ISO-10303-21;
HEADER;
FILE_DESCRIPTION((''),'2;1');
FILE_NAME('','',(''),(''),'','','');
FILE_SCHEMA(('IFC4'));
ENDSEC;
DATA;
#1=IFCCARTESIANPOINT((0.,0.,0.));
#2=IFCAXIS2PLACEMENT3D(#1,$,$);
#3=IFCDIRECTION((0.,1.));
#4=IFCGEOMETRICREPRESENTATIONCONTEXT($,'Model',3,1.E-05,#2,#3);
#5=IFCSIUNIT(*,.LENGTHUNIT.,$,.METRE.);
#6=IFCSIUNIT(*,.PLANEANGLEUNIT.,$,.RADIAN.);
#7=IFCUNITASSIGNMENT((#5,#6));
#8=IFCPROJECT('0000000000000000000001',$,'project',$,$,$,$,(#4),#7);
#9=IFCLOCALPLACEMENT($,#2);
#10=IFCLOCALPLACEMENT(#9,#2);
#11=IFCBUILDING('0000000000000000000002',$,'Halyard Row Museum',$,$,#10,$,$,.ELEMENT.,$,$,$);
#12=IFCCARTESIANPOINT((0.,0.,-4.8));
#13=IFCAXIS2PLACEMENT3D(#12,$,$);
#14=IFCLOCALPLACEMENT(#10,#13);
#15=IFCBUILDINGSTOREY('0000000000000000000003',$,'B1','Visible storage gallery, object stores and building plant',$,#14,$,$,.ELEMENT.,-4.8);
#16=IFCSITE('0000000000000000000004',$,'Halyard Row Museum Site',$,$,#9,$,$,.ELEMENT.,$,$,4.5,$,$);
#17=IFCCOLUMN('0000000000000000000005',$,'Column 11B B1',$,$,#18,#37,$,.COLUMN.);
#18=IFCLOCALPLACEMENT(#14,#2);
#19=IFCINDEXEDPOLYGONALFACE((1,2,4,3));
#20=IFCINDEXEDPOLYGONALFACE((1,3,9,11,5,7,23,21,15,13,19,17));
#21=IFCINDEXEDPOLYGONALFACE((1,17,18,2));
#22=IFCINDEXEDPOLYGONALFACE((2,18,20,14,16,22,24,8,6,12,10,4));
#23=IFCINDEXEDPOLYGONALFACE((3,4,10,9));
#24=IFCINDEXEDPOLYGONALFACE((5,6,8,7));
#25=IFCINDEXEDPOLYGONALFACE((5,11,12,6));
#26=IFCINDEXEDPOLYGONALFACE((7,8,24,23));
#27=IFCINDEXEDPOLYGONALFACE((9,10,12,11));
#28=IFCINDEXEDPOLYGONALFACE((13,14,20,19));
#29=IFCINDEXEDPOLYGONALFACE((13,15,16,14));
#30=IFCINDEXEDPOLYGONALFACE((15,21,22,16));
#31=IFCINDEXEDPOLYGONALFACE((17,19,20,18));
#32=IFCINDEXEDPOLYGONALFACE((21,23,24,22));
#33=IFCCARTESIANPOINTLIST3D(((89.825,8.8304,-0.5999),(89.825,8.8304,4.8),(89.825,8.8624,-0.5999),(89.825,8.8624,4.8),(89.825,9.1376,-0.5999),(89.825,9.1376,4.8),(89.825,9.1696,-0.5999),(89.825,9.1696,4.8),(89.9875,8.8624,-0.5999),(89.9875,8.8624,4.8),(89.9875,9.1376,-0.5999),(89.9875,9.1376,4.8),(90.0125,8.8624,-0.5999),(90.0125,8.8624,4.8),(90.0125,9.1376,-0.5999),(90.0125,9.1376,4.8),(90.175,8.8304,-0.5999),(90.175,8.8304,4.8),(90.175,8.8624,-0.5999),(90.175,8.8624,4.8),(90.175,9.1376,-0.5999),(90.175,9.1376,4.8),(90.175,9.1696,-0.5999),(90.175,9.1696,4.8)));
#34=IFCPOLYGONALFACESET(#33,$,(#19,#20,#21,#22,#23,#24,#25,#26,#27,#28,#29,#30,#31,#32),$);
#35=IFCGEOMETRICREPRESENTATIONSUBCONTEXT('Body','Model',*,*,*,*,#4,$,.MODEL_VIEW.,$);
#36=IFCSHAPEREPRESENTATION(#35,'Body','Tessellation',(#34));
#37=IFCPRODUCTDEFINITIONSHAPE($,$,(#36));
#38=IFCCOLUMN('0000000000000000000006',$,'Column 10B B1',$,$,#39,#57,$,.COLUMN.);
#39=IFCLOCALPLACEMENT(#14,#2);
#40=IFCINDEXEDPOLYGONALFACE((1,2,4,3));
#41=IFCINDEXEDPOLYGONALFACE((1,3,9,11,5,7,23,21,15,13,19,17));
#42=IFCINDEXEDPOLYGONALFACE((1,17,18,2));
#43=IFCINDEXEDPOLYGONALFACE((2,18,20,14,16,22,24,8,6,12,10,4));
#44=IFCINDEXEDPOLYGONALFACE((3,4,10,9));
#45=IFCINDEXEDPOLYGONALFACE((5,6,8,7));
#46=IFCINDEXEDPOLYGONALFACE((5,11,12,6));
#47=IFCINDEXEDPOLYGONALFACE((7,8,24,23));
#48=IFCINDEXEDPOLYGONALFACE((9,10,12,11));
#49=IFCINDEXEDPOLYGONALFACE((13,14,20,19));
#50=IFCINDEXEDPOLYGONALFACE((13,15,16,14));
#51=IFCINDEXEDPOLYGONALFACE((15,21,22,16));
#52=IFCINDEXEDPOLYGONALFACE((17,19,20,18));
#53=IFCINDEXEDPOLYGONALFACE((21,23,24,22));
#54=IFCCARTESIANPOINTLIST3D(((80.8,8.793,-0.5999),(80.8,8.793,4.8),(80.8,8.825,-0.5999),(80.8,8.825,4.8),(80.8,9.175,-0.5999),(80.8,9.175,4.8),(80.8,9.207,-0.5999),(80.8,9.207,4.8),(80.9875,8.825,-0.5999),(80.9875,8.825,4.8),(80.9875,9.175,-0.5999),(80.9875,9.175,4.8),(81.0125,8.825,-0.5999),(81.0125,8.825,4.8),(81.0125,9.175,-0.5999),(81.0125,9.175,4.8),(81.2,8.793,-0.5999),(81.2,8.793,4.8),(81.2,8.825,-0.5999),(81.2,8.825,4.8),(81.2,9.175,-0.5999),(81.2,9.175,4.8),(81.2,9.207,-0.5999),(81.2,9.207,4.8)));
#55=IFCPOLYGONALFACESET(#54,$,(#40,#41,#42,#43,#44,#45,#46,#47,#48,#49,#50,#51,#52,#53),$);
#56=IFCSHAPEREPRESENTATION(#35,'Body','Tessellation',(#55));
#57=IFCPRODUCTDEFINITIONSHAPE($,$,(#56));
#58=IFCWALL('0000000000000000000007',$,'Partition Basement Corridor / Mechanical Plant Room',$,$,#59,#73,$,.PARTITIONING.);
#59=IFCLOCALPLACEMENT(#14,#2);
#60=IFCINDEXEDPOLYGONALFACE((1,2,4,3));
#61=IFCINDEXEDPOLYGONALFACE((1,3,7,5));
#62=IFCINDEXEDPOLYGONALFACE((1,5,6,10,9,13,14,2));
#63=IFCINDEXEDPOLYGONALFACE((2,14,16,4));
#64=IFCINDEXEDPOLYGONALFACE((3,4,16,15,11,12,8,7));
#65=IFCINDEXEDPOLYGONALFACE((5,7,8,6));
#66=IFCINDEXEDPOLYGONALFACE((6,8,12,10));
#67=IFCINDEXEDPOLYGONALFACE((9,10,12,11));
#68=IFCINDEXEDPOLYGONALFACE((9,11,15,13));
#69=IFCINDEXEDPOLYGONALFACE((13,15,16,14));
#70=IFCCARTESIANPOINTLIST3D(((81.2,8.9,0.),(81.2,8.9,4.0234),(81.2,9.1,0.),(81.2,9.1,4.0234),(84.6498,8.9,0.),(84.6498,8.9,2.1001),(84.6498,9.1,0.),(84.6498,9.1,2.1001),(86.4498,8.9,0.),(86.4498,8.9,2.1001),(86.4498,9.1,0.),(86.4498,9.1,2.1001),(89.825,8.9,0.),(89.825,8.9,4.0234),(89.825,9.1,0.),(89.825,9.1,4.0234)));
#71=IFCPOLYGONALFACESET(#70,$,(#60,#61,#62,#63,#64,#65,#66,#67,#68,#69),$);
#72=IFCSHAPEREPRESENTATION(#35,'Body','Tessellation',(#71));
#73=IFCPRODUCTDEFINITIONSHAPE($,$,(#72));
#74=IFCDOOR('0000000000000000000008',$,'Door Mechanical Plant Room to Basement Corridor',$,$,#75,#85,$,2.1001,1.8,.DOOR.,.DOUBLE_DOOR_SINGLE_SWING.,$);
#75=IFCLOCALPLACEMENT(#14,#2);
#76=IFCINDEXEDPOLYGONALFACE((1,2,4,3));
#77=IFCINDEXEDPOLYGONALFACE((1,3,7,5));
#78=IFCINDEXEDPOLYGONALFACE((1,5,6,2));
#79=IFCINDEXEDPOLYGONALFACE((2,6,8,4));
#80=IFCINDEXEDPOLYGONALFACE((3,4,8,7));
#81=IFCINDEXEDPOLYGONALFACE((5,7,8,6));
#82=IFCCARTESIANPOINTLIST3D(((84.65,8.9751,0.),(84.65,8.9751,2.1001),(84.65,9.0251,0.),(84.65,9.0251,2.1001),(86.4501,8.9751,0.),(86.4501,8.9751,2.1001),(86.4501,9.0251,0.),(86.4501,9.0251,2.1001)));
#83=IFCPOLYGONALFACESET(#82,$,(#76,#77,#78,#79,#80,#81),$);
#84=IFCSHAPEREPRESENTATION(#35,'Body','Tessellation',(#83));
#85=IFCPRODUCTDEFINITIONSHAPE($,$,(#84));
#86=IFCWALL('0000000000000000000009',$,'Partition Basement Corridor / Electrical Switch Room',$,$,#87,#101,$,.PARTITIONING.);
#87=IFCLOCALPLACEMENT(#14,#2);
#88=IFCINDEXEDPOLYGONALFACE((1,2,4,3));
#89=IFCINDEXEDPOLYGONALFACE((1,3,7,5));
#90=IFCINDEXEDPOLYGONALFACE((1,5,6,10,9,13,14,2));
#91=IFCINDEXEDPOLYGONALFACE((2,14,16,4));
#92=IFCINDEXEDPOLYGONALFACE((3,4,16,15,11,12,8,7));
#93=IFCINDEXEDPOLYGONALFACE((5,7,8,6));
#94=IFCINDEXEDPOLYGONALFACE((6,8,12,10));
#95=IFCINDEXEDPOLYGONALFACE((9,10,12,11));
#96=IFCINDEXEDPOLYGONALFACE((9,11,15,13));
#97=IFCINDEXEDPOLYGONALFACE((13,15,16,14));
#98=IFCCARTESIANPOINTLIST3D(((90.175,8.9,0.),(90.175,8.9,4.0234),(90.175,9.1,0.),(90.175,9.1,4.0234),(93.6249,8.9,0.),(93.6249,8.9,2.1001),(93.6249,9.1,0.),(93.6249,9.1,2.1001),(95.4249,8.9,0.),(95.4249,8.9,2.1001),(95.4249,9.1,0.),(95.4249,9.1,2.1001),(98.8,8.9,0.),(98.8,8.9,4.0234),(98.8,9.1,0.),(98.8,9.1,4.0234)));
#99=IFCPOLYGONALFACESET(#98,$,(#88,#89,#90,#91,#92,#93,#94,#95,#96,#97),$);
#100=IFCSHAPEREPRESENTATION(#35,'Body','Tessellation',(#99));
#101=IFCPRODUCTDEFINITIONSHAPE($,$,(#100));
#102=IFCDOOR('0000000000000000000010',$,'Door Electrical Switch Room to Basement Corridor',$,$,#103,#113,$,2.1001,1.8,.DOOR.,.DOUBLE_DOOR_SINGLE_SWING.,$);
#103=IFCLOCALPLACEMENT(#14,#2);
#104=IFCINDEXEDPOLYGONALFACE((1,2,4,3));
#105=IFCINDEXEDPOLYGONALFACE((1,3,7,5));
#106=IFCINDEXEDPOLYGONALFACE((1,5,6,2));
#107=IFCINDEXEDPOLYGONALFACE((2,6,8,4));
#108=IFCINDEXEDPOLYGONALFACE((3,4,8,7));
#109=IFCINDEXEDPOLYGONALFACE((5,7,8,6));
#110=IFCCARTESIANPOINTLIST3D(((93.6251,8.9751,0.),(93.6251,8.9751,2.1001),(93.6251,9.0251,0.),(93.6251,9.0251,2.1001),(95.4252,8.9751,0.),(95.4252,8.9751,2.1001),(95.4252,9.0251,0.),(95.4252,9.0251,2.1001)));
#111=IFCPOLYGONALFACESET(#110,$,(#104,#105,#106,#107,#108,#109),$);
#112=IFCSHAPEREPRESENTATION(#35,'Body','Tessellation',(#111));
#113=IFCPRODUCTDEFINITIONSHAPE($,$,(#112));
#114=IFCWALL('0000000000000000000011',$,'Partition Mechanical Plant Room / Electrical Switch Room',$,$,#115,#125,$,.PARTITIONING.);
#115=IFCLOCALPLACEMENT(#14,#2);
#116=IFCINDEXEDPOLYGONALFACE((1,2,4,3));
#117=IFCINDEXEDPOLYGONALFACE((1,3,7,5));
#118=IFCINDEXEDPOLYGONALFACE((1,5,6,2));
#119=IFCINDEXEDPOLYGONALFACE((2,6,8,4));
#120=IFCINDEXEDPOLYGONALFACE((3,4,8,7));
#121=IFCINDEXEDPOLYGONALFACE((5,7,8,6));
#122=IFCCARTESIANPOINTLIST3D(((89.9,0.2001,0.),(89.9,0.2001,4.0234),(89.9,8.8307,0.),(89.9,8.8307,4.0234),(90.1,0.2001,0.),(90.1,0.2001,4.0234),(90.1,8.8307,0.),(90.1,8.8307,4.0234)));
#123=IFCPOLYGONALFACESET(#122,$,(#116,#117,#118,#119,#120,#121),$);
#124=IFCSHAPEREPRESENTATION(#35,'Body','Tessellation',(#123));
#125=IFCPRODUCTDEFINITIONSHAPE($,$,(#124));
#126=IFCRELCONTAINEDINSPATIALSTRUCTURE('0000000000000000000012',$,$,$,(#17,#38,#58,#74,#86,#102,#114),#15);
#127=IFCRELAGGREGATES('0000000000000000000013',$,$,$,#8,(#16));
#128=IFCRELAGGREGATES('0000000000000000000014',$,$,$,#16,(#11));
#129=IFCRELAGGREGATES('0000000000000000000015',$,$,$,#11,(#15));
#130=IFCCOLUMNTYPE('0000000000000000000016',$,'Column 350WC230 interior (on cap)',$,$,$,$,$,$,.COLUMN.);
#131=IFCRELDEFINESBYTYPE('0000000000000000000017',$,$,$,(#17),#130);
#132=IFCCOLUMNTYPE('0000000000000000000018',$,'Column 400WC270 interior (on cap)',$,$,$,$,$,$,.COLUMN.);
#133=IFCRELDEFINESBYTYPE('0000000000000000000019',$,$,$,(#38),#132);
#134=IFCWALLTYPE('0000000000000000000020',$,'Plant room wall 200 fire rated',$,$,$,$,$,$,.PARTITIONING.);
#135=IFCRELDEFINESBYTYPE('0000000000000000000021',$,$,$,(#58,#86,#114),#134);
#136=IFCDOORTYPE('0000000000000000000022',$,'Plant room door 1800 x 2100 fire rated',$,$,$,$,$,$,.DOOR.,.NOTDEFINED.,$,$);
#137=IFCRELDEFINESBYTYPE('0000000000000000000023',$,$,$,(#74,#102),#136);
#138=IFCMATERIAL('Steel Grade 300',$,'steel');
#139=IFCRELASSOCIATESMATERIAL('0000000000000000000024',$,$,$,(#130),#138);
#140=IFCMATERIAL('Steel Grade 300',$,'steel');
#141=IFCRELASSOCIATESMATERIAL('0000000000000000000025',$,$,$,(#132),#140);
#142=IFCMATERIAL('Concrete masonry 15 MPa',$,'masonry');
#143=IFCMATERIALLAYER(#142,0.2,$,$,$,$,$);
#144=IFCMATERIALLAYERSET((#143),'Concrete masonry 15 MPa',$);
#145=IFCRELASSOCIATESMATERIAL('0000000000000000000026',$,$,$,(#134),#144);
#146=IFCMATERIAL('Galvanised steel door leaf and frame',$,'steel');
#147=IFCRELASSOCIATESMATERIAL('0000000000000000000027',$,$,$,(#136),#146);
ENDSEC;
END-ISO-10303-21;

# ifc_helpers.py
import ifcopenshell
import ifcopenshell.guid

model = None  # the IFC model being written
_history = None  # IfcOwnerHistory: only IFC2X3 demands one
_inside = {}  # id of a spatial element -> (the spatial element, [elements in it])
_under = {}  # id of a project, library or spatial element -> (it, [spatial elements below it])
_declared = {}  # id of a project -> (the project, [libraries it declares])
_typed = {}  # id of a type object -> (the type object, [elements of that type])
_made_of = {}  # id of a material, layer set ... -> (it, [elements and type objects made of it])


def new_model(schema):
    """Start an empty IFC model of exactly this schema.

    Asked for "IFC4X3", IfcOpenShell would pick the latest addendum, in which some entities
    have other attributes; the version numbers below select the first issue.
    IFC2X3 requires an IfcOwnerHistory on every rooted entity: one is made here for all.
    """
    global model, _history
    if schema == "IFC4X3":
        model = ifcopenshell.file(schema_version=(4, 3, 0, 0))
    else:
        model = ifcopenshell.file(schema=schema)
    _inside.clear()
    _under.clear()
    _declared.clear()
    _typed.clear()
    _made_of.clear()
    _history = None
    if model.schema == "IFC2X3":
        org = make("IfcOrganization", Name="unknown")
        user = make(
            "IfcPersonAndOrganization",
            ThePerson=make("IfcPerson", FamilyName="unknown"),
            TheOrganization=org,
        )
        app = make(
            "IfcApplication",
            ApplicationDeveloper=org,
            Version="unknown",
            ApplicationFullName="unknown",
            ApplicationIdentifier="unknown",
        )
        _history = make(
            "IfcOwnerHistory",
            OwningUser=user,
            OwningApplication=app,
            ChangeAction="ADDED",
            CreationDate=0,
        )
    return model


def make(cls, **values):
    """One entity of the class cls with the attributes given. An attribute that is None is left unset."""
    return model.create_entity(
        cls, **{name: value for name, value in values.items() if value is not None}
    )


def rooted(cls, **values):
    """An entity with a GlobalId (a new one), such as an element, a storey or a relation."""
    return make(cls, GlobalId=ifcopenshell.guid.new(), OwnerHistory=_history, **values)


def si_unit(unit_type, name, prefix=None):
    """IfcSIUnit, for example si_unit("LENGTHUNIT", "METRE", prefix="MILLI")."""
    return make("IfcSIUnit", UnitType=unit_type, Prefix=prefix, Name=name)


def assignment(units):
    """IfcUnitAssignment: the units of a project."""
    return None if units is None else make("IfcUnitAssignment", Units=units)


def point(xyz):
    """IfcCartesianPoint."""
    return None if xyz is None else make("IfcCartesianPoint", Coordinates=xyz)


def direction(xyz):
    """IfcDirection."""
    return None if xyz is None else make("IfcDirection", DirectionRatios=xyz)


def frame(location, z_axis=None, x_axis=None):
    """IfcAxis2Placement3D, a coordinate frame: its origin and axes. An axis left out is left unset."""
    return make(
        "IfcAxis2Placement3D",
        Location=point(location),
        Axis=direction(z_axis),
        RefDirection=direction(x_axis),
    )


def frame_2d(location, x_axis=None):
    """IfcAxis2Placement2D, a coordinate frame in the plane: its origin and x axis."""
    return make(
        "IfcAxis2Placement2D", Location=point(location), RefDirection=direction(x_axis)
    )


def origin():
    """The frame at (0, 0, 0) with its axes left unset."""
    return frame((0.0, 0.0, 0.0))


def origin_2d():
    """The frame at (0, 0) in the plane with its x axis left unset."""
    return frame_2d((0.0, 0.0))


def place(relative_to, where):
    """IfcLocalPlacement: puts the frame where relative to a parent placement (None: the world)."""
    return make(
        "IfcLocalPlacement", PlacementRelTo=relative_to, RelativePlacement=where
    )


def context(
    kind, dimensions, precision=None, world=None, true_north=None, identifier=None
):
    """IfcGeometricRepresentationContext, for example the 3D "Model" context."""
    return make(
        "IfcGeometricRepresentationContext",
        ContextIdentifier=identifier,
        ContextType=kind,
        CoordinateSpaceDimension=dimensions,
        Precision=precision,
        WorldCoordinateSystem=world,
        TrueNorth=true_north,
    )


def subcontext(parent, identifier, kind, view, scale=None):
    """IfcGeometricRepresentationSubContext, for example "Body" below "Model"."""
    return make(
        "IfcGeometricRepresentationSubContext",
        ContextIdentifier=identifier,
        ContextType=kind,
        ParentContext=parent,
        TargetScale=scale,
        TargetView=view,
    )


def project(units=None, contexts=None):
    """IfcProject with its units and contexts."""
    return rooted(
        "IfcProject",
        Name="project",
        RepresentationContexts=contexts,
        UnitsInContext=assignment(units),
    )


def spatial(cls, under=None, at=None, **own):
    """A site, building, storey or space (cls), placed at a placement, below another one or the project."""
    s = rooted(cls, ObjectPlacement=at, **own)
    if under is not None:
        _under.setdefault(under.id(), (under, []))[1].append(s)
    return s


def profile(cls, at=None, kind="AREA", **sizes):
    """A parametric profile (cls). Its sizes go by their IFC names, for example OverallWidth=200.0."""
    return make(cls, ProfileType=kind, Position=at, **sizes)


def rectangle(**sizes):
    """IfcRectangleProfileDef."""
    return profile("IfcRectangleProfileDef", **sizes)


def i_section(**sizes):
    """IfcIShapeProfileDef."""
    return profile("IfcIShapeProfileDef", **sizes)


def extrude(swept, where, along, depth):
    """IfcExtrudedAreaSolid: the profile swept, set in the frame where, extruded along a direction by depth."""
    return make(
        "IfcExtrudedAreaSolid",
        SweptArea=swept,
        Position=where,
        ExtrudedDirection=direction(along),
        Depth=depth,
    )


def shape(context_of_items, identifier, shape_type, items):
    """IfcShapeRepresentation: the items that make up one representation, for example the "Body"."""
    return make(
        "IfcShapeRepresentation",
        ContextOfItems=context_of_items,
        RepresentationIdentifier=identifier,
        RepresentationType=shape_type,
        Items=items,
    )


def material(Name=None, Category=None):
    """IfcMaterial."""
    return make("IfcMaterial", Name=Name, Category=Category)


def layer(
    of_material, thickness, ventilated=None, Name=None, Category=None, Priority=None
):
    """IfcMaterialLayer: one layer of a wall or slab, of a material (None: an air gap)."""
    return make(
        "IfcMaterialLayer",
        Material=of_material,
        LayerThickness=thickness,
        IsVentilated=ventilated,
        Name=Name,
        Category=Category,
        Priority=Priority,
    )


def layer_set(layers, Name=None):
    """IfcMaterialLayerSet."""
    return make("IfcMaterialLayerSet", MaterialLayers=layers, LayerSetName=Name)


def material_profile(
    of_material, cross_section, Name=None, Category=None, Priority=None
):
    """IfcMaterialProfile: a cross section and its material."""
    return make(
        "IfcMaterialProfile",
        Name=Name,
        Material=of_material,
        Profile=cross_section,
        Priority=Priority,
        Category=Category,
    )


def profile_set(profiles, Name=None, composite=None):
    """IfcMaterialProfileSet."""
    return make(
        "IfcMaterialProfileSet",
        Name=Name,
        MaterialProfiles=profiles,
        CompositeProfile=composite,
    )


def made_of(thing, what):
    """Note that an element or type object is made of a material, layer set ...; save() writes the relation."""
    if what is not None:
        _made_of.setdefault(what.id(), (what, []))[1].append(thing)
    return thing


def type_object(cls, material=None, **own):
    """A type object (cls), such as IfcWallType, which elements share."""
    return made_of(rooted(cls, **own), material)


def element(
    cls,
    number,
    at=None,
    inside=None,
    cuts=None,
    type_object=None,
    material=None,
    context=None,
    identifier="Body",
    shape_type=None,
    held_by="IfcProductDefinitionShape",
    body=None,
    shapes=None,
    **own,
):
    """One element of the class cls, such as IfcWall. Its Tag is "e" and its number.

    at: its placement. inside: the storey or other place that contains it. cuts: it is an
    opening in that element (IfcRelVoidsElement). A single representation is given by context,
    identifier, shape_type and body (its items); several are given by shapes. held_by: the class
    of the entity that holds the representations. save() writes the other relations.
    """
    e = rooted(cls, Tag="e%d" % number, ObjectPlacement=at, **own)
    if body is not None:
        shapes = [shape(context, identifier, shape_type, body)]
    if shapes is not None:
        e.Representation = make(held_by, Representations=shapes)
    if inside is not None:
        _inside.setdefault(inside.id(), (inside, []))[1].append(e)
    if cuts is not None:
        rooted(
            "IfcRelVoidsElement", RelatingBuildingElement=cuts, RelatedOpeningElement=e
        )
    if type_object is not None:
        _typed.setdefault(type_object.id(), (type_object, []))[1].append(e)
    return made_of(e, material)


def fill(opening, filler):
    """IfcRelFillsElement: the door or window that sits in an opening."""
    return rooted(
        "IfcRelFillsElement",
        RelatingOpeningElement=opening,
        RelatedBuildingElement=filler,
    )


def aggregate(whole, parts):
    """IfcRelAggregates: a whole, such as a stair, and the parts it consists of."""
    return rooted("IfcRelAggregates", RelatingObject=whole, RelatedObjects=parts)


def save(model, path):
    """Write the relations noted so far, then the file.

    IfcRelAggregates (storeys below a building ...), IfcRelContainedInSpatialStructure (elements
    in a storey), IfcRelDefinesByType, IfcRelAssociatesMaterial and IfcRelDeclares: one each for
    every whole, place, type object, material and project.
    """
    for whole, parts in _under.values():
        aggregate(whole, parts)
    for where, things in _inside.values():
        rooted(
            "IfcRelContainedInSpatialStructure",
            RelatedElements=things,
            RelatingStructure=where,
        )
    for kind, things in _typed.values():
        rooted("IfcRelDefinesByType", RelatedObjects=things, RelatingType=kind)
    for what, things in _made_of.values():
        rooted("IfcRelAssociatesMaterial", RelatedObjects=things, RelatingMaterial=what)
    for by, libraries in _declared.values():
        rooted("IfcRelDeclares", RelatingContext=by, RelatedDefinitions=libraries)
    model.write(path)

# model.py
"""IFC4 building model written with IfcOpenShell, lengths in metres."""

from ifc_helpers import new_model, si_unit, direction, frame, frame_2d, origin, origin_2d, place, context, subcontext, project, spatial, rectangle, i_section, extrude, material, layer, layer_set, material_profile, profile_set, type_object, element, fill, save


model = new_model("IFC4")

# Units and contexts
model_context = context("Model", 3, precision=1e-05, world=origin(), true_north=direction((0.0, 1.0)))
body_context = subcontext(model_context, "Body", "Model", "MODEL_VIEW")
ifc_project = project(units=[si_unit("LENGTHUNIT", "METRE"), si_unit("PLANEANGLEUNIT", "RADIAN")], contexts=[model_context])

# Site, building, storey
site_placement = place(None, origin())
site = spatial("IfcSite", under=ifc_project, at=site_placement, Name="Halyard Row Museum Site", CompositionType="ELEMENT", RefElevation=4.5)
building_placement = place(site_placement, origin())
building = spatial("IfcBuilding", under=site, at=building_placement, Name="Halyard Row Museum", CompositionType="ELEMENT")
storey_placement = place(building_placement, frame((0.0, 0.0, -4.8)))
storey = spatial("IfcBuildingStorey", under=building, at=storey_placement, Name="B1", Description="Visible storage gallery, object stores and building plant", CompositionType="ELEMENT", Elevation=-4.8)

# Columns
ifc_material_1 = material(Name="Steel Grade 300", Category="steel")
ifc_material_profile_1 = material_profile(ifc_material_1, i_section(OverallWidth=0.3501, OverallDepth=0.3391, WebThickness=0.0249, FlangeThickness=0.032, at=origin_2d()), Name="350WC230")
ifc_profile_set_1 = profile_set([ifc_material_profile_1], Name="Steel Grade 300")
column_type_1 = type_object("IfcColumnType", Name="Column 350WC230 interior (on cap)", PredefinedType="COLUMN", material=ifc_profile_set_1)
column_1_placement = place(storey_placement, frame((90.0, 9.0, -0.5999), z_axis=(0.0, 0.0, 1.0), x_axis=(1.0, 0.0, 0.0)))
element("IfcColumn", 1, at=column_1_placement, inside=storey, type_object=column_type_1, Name="Column 11B B1", PredefinedType="COLUMN", context=body_context, shape_type="SweptSolid", body=[
    extrude(i_section(OverallWidth=0.3501, OverallDepth=0.3391, WebThickness=0.0249, FlangeThickness=0.032, at=origin_2d()), origin(), (0.0, 0.0, 1.0), 5.3999),
])
ifc_material_2 = material(Name="Steel Grade 300", Category="steel")
ifc_material_profile_2 = material_profile(ifc_material_2, i_section(OverallWidth=0.3999, OverallDepth=0.4141, WebThickness=0.0249, FlangeThickness=0.032, at=origin_2d()), Name="400WC270")
ifc_profile_set_2 = profile_set([ifc_material_profile_2], Name="Steel Grade 300")
column_type_2 = type_object("IfcColumnType", Name="Column 400WC270 interior (on cap)", PredefinedType="COLUMN", material=ifc_profile_set_2)
column_2_placement = place(storey_placement, frame((81.0, 9.0, -0.5999), z_axis=(0.0, 0.0, 1.0), x_axis=(1.0, 0.0, 0.0)))
element("IfcColumn", 2, at=column_2_placement, inside=storey, type_object=column_type_2, Name="Column 10B B1", PredefinedType="COLUMN", context=body_context, shape_type="SweptSolid", body=[
    extrude(i_section(OverallWidth=0.3999, OverallDepth=0.4141, WebThickness=0.0249, FlangeThickness=0.032, at=origin_2d()), origin(), (0.0, 0.0, 1.0), 5.3999),
])

# Walls, openings, doors
ifc_material_3 = material(Name="Concrete masonry 15 MPa", Category="masonry")
ifc_layer = layer(ifc_material_3, 0.2)
ifc_layer_set = layer_set([ifc_layer], Name="Concrete masonry 15 MPa")
wall_type = type_object("IfcWallType", Name="Plant room wall 200 fire rated", PredefinedType="PARTITIONING", material=ifc_layer_set)
wall_1_placement = place(storey_placement, frame((81.2, 9.0, 0.0), z_axis=(0.0, 0.0, 1.0), x_axis=(1.0, 0.0, 0.0)))
wall_1 = element("IfcWall", 3, at=wall_1_placement, inside=storey, type_object=wall_type, Name="Partition Basement Corridor / Mechanical Plant Room", PredefinedType="PARTITIONING", context=body_context, shape_type="SweptSolid", body=[
    extrude(rectangle(XDim=8.625, YDim=0.2, at=frame_2d((4.3125, 0.0))), origin(), (0.0, 0.0, 1.0), 4.0234),
])
opening_1_placement = place(wall_1_placement, frame((3.45, 0.0, 0.0)))
opening_1 = element("IfcOpeningElement", 4, at=opening_1_placement, cuts=wall_1, PredefinedType="OPENING", context=body_context, shape_type="SweptSolid", body=[
    extrude(rectangle(XDim=1.8, YDim=2.1001, at=frame_2d((0.8999, 1.05))), frame((0.0, 0.1099, 0.0), z_axis=(0.0, -1.0, 0.0), x_axis=(1.0, 0.0, 0.0)), (0.0, 0.0, 1.0), 0.22),
])
ifc_material_4 = material(Name="Galvanised steel door leaf and frame", Category="steel")
door_type = type_object("IfcDoorType", Name="Plant room door 1800 x 2100 fire rated", OperationType="NOTDEFINED", PredefinedType="DOOR", material=ifc_material_4)
door_1_placement = place(opening_1_placement, frame((1.8, 0.0, 0.0), z_axis=(0.0, 0.0, 1.0), x_axis=(-1.0, 0.0, 0.0)))
door_1 = element("IfcDoor", 5, at=door_1_placement, inside=storey, type_object=door_type, Name="Door Mechanical Plant Room to Basement Corridor", OperationType="DOUBLE_DOOR_SINGLE_SWING", OverallHeight=2.1001, OverallWidth=1.8, PredefinedType="DOOR", context=body_context, shape_type="SweptSolid", body=[
    extrude(rectangle(XDim=1.8, YDim=2.1001, at=frame_2d((0.8999, 1.05))), frame((0.0, 0.0249, 0.0), z_axis=(0.0, -1.0, 0.0), x_axis=(1.0, 0.0, 0.0)), (0.0, 0.0, 1.0), 0.05),
])
fill(opening_1, door_1)
wall_2_placement = place(storey_placement, frame((90.175, 9.0, 0.0), z_axis=(0.0, 0.0, 1.0), x_axis=(1.0, 0.0, 0.0)))
wall_2 = element("IfcWall", 6, at=wall_2_placement, inside=storey, type_object=wall_type, Name="Partition Basement Corridor / Electrical Switch Room", PredefinedType="PARTITIONING", context=body_context, shape_type="SweptSolid", body=[
    extrude(rectangle(XDim=8.625, YDim=0.2, at=frame_2d((4.3125, 0.0))), origin(), (0.0, 0.0, 1.0), 4.0234),
])
opening_2_placement = place(wall_2_placement, frame((3.45, 0.0, 0.0)))
opening_2 = element("IfcOpeningElement", 7, at=opening_2_placement, cuts=wall_2, PredefinedType="OPENING", context=body_context, shape_type="SweptSolid", body=[
    extrude(rectangle(XDim=1.8, YDim=2.1001, at=frame_2d((0.8999, 1.05))), frame((0.0, 0.1099, 0.0), z_axis=(0.0, -1.0, 0.0), x_axis=(1.0, 0.0, 0.0)), (0.0, 0.0, 1.0), 0.22),
])
door_2_placement = place(opening_2_placement, frame((1.8, 0.0, 0.0), z_axis=(0.0, 0.0, 1.0), x_axis=(-1.0, 0.0, 0.0)))
door_2 = element("IfcDoor", 8, at=door_2_placement, inside=storey, type_object=door_type, Name="Door Electrical Switch Room to Basement Corridor", OperationType="DOUBLE_DOOR_SINGLE_SWING", OverallHeight=2.1001, OverallWidth=1.8, PredefinedType="DOOR", context=body_context, shape_type="SweptSolid", body=[
    extrude(rectangle(XDim=1.8, YDim=2.1001, at=frame_2d((0.8999, 1.05))), frame((0.0, 0.0249, 0.0), z_axis=(0.0, -1.0, 0.0), x_axis=(1.0, 0.0, 0.0)), (0.0, 0.0, 1.0), 0.05),
])
fill(opening_2, door_2)

# Wall
wall_3_placement = place(storey_placement, frame((90.0, 0.2, 0.0), z_axis=(0.0, 0.0, 1.0), x_axis=(0.0, 1.0, 0.0)))
element("IfcWall", 9, at=wall_3_placement, inside=storey, type_object=wall_type, Name="Partition Mechanical Plant Room / Electrical Switch Room", PredefinedType="PARTITIONING", context=body_context, shape_type="SweptSolid", body=[
    extrude(rectangle(XDim=8.6306, YDim=0.2, at=frame_2d((4.3154, 0.0))), origin(), (0.0, 0.0, 1.0), 4.0234),
])

save(model, "model.ifc")
